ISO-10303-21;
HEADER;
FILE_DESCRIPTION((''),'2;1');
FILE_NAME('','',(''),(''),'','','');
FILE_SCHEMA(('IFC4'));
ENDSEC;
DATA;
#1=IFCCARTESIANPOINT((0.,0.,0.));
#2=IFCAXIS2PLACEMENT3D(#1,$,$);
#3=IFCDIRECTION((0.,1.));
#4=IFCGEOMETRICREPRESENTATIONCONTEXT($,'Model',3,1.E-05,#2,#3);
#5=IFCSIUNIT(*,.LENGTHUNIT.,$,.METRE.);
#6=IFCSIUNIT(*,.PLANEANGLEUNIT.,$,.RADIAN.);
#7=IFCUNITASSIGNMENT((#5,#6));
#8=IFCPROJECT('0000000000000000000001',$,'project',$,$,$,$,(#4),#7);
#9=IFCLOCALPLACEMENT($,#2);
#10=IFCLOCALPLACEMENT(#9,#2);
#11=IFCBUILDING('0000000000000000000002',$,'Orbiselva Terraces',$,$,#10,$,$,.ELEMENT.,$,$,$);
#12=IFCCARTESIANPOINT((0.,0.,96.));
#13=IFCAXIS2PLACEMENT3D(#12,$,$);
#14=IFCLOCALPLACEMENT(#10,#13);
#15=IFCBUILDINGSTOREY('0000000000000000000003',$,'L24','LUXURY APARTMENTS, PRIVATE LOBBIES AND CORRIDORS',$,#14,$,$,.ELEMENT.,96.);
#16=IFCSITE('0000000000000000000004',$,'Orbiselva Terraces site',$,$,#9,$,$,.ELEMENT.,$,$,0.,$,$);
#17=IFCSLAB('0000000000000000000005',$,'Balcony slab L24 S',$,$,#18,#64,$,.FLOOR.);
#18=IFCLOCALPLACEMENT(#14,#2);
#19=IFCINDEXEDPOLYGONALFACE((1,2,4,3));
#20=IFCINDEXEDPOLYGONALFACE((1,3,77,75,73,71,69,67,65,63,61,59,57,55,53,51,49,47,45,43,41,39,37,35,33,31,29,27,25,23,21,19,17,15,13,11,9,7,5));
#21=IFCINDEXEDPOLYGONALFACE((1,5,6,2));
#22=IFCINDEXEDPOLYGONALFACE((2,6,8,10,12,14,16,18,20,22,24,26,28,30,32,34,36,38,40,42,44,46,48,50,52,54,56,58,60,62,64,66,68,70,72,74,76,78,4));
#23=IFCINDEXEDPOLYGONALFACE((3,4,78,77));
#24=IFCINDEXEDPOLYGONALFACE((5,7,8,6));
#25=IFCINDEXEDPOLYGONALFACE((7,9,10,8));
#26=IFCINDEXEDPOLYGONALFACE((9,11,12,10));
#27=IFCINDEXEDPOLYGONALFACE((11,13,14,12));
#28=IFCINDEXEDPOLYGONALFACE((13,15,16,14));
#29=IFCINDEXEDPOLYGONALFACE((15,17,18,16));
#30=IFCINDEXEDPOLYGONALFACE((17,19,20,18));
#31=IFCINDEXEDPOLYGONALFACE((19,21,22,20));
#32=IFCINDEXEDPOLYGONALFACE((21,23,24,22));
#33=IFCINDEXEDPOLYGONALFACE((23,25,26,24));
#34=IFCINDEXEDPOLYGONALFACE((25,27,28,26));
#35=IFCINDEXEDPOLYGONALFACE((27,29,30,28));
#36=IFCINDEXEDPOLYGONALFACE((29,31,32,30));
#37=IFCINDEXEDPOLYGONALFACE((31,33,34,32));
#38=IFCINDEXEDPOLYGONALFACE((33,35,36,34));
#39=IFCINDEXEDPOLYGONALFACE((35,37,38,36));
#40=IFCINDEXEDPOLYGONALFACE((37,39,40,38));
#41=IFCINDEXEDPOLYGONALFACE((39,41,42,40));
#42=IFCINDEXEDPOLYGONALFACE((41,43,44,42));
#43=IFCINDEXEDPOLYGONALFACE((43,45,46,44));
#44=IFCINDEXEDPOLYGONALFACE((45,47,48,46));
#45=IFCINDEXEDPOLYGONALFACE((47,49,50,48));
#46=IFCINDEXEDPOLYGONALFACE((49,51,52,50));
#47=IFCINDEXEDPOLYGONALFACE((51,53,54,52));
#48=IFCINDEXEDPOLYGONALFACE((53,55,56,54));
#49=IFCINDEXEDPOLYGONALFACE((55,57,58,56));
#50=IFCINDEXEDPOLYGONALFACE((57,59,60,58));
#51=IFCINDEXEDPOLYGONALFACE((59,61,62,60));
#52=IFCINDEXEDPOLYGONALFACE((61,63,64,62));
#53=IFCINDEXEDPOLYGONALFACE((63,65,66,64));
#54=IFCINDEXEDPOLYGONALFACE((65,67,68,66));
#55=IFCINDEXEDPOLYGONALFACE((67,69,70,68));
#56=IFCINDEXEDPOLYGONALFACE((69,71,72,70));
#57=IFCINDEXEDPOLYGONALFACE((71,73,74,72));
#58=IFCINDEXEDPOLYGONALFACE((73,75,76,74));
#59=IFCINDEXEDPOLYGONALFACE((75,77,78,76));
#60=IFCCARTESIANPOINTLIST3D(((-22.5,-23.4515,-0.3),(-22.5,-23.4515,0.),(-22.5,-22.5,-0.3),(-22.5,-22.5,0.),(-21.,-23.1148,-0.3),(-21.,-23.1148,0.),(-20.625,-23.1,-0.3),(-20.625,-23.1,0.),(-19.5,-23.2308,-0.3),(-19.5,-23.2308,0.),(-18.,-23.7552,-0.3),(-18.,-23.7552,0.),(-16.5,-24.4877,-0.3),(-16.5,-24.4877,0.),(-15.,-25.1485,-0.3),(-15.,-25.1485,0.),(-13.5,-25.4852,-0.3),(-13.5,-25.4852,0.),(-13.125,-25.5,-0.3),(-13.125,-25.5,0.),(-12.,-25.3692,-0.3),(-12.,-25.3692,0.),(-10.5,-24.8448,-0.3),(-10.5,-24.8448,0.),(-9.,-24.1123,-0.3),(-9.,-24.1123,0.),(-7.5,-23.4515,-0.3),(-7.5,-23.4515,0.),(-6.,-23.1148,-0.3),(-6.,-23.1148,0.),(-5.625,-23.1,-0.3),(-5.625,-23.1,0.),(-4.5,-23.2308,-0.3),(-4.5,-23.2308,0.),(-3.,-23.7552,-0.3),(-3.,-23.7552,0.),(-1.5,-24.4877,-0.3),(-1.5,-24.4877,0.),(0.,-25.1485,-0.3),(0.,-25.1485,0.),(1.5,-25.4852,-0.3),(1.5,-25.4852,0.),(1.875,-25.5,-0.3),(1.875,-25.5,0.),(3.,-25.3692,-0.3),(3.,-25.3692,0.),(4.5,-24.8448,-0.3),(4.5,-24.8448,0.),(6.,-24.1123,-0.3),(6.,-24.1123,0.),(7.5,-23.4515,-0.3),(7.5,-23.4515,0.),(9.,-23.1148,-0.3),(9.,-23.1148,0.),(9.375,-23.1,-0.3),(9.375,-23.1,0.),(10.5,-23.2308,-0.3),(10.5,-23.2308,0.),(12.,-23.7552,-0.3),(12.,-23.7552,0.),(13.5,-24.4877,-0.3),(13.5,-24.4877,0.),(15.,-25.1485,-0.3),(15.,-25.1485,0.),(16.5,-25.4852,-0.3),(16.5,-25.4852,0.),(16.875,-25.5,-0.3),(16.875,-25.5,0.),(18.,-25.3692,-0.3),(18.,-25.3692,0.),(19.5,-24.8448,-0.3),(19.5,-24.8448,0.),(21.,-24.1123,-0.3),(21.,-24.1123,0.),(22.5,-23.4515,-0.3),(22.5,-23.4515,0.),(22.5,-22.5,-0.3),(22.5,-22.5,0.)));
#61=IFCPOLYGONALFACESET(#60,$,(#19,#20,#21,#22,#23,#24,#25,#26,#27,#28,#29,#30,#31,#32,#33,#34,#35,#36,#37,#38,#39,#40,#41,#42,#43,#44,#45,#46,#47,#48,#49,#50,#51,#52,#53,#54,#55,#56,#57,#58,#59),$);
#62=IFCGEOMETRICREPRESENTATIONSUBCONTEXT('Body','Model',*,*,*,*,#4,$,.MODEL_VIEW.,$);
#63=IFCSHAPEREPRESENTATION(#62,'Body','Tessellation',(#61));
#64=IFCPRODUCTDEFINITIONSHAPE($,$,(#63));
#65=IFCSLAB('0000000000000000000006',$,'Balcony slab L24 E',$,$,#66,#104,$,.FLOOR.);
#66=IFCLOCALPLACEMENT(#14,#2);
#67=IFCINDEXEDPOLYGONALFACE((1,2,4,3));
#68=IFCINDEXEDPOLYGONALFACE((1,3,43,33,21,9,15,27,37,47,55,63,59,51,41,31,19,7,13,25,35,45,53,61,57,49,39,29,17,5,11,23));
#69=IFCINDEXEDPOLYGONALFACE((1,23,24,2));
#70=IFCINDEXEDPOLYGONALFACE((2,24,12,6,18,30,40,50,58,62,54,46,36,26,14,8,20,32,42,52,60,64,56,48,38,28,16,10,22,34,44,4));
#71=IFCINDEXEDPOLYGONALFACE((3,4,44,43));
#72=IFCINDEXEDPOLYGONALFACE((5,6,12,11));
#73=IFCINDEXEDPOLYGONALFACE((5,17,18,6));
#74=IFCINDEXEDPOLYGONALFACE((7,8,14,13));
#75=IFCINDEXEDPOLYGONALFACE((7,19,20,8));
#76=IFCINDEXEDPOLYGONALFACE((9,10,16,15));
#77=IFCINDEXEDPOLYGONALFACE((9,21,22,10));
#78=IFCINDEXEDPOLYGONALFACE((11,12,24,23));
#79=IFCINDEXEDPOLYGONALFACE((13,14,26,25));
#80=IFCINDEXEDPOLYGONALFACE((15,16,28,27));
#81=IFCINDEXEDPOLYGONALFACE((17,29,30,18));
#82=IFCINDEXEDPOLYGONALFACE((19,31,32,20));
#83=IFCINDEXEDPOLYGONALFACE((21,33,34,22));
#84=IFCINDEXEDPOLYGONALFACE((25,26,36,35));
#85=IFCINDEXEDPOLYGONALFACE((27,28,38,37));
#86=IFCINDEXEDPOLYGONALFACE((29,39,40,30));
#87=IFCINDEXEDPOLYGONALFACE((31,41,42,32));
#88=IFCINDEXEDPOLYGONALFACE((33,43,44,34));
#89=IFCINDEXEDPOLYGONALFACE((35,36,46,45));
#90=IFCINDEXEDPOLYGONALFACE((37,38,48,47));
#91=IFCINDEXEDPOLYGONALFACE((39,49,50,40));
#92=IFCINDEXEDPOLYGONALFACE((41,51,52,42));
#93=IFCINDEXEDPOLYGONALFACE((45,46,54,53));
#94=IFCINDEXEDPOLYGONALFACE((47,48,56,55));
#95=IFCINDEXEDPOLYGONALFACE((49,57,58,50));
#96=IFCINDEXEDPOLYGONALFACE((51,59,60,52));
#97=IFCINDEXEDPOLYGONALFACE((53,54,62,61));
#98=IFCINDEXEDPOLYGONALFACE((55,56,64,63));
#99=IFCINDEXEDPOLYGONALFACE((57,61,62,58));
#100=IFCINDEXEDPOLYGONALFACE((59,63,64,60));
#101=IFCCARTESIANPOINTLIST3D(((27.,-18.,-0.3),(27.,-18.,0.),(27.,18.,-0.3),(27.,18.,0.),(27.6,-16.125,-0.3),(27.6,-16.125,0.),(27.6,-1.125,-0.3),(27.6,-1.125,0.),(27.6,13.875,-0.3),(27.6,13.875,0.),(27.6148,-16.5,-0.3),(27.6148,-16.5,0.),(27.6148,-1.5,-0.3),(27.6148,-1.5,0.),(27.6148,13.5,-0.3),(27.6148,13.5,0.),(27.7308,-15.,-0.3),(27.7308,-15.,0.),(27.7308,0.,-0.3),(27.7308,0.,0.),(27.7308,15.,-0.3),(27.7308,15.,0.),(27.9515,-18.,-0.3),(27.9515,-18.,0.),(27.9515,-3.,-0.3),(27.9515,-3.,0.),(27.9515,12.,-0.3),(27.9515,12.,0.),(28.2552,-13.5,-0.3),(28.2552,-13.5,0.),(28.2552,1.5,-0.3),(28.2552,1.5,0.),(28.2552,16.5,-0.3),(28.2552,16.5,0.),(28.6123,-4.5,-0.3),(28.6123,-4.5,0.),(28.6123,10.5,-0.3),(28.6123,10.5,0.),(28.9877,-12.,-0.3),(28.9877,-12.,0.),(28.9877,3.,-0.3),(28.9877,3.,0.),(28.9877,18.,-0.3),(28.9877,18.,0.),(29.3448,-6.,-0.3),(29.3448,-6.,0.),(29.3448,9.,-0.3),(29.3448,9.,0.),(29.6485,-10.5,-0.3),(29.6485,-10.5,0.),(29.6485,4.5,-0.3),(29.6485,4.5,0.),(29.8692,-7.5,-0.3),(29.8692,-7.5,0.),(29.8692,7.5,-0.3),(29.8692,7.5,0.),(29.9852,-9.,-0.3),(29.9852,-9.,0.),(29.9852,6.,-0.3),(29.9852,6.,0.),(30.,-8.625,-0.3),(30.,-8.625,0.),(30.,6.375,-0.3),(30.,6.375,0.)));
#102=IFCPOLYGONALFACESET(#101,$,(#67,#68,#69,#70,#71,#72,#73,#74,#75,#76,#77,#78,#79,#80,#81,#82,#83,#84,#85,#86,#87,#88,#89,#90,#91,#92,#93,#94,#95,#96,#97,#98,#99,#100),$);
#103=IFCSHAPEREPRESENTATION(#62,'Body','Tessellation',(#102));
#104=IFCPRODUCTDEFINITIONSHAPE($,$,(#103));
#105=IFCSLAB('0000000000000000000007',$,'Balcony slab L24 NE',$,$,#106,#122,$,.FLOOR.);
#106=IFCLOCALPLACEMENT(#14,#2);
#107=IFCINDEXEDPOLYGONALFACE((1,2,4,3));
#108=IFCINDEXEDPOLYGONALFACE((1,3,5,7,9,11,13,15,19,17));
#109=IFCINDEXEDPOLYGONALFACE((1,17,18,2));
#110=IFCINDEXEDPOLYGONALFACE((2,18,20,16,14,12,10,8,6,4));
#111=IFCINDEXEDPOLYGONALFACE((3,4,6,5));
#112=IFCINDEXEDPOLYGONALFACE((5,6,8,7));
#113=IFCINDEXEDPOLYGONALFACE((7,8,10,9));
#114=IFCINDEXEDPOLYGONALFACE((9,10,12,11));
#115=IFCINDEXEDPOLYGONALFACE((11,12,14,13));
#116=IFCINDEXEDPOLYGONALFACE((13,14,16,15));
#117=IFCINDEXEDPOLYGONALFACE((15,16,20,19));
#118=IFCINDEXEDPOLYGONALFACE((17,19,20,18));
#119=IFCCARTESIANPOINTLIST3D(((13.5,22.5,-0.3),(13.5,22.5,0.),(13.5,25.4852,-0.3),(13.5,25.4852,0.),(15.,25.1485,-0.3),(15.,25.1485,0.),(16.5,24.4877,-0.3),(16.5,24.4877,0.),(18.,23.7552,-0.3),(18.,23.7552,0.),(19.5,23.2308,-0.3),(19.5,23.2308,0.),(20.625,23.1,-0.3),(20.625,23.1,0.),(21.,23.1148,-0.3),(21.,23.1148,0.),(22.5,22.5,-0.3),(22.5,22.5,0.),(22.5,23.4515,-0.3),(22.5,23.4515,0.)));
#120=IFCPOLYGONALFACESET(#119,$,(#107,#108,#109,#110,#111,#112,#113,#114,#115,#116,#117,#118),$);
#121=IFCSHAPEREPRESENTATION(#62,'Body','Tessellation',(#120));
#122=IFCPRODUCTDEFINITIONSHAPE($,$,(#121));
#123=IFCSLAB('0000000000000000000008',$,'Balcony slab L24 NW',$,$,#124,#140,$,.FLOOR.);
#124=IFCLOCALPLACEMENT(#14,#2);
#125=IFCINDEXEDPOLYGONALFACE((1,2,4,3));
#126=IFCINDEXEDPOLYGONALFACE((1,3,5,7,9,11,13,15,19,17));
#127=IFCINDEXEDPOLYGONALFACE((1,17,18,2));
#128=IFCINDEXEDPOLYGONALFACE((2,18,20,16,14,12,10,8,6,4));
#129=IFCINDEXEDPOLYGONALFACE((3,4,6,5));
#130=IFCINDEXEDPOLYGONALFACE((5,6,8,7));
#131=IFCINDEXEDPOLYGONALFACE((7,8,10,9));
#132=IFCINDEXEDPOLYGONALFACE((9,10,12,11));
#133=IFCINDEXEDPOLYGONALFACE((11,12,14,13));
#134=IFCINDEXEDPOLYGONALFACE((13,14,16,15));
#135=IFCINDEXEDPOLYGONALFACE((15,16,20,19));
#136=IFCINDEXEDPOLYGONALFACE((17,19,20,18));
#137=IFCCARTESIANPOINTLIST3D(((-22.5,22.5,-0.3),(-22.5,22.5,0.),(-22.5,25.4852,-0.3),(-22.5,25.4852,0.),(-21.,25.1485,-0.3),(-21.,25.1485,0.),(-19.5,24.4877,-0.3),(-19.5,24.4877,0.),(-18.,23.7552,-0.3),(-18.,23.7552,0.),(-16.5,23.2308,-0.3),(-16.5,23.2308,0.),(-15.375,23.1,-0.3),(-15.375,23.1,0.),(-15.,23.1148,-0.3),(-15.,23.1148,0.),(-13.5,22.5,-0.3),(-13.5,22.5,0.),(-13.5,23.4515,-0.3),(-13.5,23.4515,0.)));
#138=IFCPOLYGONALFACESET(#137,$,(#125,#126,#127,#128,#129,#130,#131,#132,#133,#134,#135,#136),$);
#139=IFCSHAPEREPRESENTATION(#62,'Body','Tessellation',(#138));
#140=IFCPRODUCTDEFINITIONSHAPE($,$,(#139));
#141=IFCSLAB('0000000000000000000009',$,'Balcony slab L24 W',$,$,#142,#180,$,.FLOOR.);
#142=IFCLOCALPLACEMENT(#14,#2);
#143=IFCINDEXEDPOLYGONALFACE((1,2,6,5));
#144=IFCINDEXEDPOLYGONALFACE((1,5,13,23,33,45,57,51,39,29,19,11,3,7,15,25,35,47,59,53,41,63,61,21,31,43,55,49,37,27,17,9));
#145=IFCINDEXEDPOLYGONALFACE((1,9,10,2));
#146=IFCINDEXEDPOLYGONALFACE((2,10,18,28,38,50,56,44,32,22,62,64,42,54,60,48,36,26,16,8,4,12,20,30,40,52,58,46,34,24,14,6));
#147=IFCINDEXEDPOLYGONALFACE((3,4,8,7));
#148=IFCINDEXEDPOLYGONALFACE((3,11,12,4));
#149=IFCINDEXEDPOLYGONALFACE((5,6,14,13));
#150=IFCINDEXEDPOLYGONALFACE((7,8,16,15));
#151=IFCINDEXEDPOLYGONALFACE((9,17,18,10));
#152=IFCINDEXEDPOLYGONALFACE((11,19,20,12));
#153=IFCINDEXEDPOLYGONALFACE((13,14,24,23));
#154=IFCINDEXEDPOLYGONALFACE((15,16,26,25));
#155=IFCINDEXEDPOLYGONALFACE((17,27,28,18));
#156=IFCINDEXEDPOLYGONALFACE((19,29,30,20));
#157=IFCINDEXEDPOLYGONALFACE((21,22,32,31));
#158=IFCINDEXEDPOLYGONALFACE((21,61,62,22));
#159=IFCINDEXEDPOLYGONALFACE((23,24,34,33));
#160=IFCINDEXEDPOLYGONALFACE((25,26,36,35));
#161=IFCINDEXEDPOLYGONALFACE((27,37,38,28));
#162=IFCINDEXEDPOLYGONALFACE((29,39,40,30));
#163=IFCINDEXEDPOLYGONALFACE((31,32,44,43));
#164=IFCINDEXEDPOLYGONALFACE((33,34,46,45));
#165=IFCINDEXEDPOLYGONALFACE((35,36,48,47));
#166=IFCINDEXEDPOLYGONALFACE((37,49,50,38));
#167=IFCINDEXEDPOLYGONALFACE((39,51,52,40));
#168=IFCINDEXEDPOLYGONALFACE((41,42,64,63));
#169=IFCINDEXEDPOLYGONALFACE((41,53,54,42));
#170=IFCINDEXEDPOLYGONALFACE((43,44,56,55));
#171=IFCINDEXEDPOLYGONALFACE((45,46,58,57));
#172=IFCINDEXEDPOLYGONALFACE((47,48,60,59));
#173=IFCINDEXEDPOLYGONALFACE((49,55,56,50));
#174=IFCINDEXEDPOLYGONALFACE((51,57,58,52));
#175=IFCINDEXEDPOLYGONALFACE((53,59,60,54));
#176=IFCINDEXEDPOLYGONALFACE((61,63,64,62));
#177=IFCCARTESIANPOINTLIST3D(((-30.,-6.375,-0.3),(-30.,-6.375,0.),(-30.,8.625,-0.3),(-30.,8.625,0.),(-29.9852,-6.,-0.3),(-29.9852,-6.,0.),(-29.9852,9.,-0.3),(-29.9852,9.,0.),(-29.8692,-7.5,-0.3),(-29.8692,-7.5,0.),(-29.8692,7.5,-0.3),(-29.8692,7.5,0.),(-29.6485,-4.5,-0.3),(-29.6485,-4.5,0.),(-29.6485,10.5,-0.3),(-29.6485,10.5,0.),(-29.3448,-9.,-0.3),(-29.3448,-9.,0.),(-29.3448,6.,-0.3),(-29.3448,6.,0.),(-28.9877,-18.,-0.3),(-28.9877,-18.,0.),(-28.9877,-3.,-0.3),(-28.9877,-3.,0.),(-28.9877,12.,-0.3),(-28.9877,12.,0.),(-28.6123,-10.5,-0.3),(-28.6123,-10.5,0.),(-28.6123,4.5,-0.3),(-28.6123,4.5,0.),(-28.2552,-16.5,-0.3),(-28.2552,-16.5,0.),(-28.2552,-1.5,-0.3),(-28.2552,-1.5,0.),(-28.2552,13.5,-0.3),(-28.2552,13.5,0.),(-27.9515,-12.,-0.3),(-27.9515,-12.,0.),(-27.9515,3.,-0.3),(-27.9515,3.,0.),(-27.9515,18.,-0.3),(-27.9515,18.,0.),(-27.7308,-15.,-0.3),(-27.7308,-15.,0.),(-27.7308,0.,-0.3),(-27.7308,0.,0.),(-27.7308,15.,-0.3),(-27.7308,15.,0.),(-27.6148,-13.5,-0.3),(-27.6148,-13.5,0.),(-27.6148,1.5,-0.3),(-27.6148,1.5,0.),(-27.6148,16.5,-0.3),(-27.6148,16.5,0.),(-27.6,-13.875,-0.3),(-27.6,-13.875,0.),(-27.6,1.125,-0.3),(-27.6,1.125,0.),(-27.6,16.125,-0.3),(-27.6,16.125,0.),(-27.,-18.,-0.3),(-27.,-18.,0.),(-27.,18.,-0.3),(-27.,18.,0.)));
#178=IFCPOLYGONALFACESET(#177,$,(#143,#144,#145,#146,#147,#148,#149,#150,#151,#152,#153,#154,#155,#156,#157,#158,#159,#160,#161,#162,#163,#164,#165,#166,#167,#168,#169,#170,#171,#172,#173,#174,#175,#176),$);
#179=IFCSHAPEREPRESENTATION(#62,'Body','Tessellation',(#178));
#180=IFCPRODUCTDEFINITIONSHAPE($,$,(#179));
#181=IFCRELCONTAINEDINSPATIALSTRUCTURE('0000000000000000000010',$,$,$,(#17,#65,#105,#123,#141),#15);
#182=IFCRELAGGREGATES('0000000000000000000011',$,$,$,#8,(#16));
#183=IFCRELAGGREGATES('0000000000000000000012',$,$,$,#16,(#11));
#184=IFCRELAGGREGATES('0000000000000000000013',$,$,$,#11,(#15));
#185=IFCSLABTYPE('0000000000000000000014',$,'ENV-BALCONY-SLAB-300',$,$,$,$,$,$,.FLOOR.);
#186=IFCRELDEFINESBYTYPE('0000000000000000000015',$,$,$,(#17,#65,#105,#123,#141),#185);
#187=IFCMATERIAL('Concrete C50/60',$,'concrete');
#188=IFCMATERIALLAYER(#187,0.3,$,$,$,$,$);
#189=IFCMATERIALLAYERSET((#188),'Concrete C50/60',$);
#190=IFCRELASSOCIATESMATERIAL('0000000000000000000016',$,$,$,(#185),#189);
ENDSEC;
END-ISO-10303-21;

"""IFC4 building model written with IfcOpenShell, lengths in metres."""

from ifc_helpers import new_model, si_unit, direction, frame, origin, place, context, subcontext, project, spatial, polyline, outline, extrude, material, layer, layer_set, type_object, element, save


model = new_model("IFC4")

# Units and contexts
model_context = context("Model", 3, precision=1e-05, world=origin(), true_north=direction((0.0, 1.0)))
body_context = subcontext(model_context, "Body", "Model", "MODEL_VIEW")
ifc_project = project(units=[si_unit("LENGTHUNIT", "METRE"), si_unit("PLANEANGLEUNIT", "RADIAN")], contexts=[model_context])

# Site, building, storey
site_placement = place(None, origin())
site = spatial("IfcSite", under=ifc_project, at=site_placement, Name="Orbiselva Terraces site", CompositionType="ELEMENT", RefElevation=0.0)
building_placement = place(site_placement, origin())
building = spatial("IfcBuilding", under=site, at=building_placement, Name="Orbiselva Terraces", CompositionType="ELEMENT")
storey_placement = place(building_placement, frame((0.0, 0.0, 96.0)))
storey = spatial("IfcBuildingStorey", under=building, at=storey_placement, Name="L24", Description="LUXURY APARTMENTS, PRIVATE LOBBIES AND CORRIDORS", CompositionType="ELEMENT", Elevation=96.0)

# Slabs
ifc_material_1 = material(Name="Concrete C50/60", Category="concrete")
ifc_layer_1 = layer(ifc_material_1, 0.3)
ifc_layer_set_1 = layer_set([ifc_layer_1], Name="Concrete C50/60")
slab_type_1 = type_object("IfcSlabType", Name="ENV-BALCONY-SLAB-300", PredefinedType="FLOOR", material=ifc_layer_set_1)
slab_1_placement = place(storey_placement, frame((0.0, 0.0, -0.3)))
element("IfcSlab", 1, at=slab_1_placement, inside=storey, type_object=slab_type_1, Name="Balcony slab L24 S", PredefinedType="FLOOR", context=body_context, shape_type="SweptSolid", body=[
    extrude(outline(polyline([(-22.5, -23.4515), (-21.0, -23.1148), (-20.625, -23.1), (-19.5, -23.2308), (-18.0, -23.7552), (-16.5, -24.4877), (-15.0, -25.1485), (-13.5, -25.4852), (-13.125, -25.5), (-12.0, -25.3692), (-10.5, -24.8448), (-9.0, -24.1123), (-7.5, -23.4515), (-6.0, -23.1148), (-5.625, -23.1), (-4.5, -23.2308), (-3.0, -23.7552), (-1.5, -24.4877), (0.0, -25.1485), (1.5, -25.4852), (1.875, -25.5), (3.0, -25.3692), (4.5, -24.8448), (6.0, -24.1123), (7.5, -23.4515), (9.0, -23.1148), (9.375, -23.1), (10.5, -23.2308), (12.0, -23.7552), (13.5, -24.4877), (15.0, -25.1485), (16.5, -25.4852), (16.875, -25.5), (18.0, -25.3692), (19.5, -24.8448), (21.0, -24.1123), (22.5, -23.4515), (22.5, -22.5), (-22.5, -22.5), (-22.5, -23.4515)])), origin(), (0.0, 0.0, 1.0), 0.3),
])
slab_2_placement = place(storey_placement, frame((0.0, 0.0, -0.3)))
element("IfcSlab", 2, at=slab_2_placement, inside=storey, type_object=slab_type_1, Name="Balcony slab L24 E", PredefinedType="FLOOR", context=body_context, shape_type="SweptSolid", body=[
    extrude(outline(polyline([(27.9515, -18.0), (27.6148, -16.5), (27.6, -16.125), (27.7308, -15.0), (28.2552, -13.5), (28.9877, -12.0), (29.6485, -10.5), (29.9852, -9.0), (30.0, -8.625), (29.8692, -7.5), (29.3448, -6.0), (28.6123, -4.5), (27.9515, -3.0), (27.6148, -1.5), (27.6, -1.125), (27.7308, 0.0), (28.2552, 1.5), (28.9877, 3.0), (29.6485, 4.5), (29.9852, 6.0), (30.0, 6.375), (29.8692, 7.5), (29.3448, 9.0), (28.6123, 10.5), (27.9515, 12.0), (27.6148, 13.5), (27.6, 13.875), (27.7308, 15.0), (28.2552, 16.5), (28.9877, 18.0), (27.0, 18.0), (27.0, -18.0), (27.9515, -18.0)])), origin(), (0.0, 0.0, 1.0), 0.3),
])
slab_3_placement = place(storey_placement, frame((0.0, 0.0, -0.3)))
element("IfcSlab", 3, at=slab_3_placement, inside=storey, type_object=slab_type_1, Name="Balcony slab L24 NE", PredefinedType="FLOOR", context=body_context, shape_type="SweptSolid", body=[
    extrude(outline(polyline([(22.5, 23.4515), (21.0, 23.1148), (20.625, 23.1), (19.5, 23.2308), (18.0, 23.7552), (16.5, 24.4877), (15.0, 25.1485), (13.5, 25.4852), (13.5, 22.5), (22.5, 22.5), (22.5, 23.4515)])), origin(), (0.0, 0.0, 1.0), 0.3),
])
slab_4_placement = place(storey_placement, frame((0.0, 0.0, -0.3)))
element("IfcSlab", 4, at=slab_4_placement, inside=storey, type_object=slab_type_1, Name="Balcony slab L24 NW", PredefinedType="FLOOR", context=body_context, shape_type="SweptSolid", body=[
    extrude(outline(polyline([(-13.5, 23.4515), (-15.0, 23.1148), (-15.375, 23.1), (-16.5, 23.2308), (-18.0, 23.7552), (-19.5, 24.4877), (-21.0, 25.1485), (-22.5, 25.4852), (-22.5, 22.5), (-13.5, 22.5), (-13.5, 23.4515)])), origin(), (0.0, 0.0, 1.0), 0.3),
])
slab_5_placement = place(storey_placement, frame((0.0, 0.0, -0.3)))
element("IfcSlab", 5, at=slab_5_placement, inside=storey, type_object=slab_type_1, Name="Balcony slab L24 W", PredefinedType="FLOOR", context=body_context, shape_type="SweptSolid", body=[
    extrude(outline(polyline([(-27.9515, 18.0), (-27.6148, 16.5), (-27.6, 16.125), (-27.7308, 15.0), (-28.2552, 13.5), (-28.9877, 12.0), (-29.6485, 10.5), (-29.9852, 9.0), (-30.0, 8.625), (-29.8692, 7.5), (-29.3448, 6.0), (-28.6123, 4.5), (-27.9515, 3.0), (-27.6148, 1.5), (-27.6, 1.125), (-27.7308, 0.0), (-28.2552, -1.5), (-28.9877, -3.0), (-29.6485, -4.5), (-29.9852, -6.0), (-30.0, -6.375), (-29.8692, -7.5), (-29.3448, -9.0), (-28.6123, -10.5), (-27.9515, -12.0), (-27.6148, -13.5), (-27.6, -13.875), (-27.7308, -15.0), (-28.2552, -16.5), (-28.9877, -18.0), (-27.0, -18.0), (-27.0, 18.0), (-27.9515, 18.0)])), origin(), (0.0, 0.0, 1.0), 0.3),
])

save(model, "model.ifc")
